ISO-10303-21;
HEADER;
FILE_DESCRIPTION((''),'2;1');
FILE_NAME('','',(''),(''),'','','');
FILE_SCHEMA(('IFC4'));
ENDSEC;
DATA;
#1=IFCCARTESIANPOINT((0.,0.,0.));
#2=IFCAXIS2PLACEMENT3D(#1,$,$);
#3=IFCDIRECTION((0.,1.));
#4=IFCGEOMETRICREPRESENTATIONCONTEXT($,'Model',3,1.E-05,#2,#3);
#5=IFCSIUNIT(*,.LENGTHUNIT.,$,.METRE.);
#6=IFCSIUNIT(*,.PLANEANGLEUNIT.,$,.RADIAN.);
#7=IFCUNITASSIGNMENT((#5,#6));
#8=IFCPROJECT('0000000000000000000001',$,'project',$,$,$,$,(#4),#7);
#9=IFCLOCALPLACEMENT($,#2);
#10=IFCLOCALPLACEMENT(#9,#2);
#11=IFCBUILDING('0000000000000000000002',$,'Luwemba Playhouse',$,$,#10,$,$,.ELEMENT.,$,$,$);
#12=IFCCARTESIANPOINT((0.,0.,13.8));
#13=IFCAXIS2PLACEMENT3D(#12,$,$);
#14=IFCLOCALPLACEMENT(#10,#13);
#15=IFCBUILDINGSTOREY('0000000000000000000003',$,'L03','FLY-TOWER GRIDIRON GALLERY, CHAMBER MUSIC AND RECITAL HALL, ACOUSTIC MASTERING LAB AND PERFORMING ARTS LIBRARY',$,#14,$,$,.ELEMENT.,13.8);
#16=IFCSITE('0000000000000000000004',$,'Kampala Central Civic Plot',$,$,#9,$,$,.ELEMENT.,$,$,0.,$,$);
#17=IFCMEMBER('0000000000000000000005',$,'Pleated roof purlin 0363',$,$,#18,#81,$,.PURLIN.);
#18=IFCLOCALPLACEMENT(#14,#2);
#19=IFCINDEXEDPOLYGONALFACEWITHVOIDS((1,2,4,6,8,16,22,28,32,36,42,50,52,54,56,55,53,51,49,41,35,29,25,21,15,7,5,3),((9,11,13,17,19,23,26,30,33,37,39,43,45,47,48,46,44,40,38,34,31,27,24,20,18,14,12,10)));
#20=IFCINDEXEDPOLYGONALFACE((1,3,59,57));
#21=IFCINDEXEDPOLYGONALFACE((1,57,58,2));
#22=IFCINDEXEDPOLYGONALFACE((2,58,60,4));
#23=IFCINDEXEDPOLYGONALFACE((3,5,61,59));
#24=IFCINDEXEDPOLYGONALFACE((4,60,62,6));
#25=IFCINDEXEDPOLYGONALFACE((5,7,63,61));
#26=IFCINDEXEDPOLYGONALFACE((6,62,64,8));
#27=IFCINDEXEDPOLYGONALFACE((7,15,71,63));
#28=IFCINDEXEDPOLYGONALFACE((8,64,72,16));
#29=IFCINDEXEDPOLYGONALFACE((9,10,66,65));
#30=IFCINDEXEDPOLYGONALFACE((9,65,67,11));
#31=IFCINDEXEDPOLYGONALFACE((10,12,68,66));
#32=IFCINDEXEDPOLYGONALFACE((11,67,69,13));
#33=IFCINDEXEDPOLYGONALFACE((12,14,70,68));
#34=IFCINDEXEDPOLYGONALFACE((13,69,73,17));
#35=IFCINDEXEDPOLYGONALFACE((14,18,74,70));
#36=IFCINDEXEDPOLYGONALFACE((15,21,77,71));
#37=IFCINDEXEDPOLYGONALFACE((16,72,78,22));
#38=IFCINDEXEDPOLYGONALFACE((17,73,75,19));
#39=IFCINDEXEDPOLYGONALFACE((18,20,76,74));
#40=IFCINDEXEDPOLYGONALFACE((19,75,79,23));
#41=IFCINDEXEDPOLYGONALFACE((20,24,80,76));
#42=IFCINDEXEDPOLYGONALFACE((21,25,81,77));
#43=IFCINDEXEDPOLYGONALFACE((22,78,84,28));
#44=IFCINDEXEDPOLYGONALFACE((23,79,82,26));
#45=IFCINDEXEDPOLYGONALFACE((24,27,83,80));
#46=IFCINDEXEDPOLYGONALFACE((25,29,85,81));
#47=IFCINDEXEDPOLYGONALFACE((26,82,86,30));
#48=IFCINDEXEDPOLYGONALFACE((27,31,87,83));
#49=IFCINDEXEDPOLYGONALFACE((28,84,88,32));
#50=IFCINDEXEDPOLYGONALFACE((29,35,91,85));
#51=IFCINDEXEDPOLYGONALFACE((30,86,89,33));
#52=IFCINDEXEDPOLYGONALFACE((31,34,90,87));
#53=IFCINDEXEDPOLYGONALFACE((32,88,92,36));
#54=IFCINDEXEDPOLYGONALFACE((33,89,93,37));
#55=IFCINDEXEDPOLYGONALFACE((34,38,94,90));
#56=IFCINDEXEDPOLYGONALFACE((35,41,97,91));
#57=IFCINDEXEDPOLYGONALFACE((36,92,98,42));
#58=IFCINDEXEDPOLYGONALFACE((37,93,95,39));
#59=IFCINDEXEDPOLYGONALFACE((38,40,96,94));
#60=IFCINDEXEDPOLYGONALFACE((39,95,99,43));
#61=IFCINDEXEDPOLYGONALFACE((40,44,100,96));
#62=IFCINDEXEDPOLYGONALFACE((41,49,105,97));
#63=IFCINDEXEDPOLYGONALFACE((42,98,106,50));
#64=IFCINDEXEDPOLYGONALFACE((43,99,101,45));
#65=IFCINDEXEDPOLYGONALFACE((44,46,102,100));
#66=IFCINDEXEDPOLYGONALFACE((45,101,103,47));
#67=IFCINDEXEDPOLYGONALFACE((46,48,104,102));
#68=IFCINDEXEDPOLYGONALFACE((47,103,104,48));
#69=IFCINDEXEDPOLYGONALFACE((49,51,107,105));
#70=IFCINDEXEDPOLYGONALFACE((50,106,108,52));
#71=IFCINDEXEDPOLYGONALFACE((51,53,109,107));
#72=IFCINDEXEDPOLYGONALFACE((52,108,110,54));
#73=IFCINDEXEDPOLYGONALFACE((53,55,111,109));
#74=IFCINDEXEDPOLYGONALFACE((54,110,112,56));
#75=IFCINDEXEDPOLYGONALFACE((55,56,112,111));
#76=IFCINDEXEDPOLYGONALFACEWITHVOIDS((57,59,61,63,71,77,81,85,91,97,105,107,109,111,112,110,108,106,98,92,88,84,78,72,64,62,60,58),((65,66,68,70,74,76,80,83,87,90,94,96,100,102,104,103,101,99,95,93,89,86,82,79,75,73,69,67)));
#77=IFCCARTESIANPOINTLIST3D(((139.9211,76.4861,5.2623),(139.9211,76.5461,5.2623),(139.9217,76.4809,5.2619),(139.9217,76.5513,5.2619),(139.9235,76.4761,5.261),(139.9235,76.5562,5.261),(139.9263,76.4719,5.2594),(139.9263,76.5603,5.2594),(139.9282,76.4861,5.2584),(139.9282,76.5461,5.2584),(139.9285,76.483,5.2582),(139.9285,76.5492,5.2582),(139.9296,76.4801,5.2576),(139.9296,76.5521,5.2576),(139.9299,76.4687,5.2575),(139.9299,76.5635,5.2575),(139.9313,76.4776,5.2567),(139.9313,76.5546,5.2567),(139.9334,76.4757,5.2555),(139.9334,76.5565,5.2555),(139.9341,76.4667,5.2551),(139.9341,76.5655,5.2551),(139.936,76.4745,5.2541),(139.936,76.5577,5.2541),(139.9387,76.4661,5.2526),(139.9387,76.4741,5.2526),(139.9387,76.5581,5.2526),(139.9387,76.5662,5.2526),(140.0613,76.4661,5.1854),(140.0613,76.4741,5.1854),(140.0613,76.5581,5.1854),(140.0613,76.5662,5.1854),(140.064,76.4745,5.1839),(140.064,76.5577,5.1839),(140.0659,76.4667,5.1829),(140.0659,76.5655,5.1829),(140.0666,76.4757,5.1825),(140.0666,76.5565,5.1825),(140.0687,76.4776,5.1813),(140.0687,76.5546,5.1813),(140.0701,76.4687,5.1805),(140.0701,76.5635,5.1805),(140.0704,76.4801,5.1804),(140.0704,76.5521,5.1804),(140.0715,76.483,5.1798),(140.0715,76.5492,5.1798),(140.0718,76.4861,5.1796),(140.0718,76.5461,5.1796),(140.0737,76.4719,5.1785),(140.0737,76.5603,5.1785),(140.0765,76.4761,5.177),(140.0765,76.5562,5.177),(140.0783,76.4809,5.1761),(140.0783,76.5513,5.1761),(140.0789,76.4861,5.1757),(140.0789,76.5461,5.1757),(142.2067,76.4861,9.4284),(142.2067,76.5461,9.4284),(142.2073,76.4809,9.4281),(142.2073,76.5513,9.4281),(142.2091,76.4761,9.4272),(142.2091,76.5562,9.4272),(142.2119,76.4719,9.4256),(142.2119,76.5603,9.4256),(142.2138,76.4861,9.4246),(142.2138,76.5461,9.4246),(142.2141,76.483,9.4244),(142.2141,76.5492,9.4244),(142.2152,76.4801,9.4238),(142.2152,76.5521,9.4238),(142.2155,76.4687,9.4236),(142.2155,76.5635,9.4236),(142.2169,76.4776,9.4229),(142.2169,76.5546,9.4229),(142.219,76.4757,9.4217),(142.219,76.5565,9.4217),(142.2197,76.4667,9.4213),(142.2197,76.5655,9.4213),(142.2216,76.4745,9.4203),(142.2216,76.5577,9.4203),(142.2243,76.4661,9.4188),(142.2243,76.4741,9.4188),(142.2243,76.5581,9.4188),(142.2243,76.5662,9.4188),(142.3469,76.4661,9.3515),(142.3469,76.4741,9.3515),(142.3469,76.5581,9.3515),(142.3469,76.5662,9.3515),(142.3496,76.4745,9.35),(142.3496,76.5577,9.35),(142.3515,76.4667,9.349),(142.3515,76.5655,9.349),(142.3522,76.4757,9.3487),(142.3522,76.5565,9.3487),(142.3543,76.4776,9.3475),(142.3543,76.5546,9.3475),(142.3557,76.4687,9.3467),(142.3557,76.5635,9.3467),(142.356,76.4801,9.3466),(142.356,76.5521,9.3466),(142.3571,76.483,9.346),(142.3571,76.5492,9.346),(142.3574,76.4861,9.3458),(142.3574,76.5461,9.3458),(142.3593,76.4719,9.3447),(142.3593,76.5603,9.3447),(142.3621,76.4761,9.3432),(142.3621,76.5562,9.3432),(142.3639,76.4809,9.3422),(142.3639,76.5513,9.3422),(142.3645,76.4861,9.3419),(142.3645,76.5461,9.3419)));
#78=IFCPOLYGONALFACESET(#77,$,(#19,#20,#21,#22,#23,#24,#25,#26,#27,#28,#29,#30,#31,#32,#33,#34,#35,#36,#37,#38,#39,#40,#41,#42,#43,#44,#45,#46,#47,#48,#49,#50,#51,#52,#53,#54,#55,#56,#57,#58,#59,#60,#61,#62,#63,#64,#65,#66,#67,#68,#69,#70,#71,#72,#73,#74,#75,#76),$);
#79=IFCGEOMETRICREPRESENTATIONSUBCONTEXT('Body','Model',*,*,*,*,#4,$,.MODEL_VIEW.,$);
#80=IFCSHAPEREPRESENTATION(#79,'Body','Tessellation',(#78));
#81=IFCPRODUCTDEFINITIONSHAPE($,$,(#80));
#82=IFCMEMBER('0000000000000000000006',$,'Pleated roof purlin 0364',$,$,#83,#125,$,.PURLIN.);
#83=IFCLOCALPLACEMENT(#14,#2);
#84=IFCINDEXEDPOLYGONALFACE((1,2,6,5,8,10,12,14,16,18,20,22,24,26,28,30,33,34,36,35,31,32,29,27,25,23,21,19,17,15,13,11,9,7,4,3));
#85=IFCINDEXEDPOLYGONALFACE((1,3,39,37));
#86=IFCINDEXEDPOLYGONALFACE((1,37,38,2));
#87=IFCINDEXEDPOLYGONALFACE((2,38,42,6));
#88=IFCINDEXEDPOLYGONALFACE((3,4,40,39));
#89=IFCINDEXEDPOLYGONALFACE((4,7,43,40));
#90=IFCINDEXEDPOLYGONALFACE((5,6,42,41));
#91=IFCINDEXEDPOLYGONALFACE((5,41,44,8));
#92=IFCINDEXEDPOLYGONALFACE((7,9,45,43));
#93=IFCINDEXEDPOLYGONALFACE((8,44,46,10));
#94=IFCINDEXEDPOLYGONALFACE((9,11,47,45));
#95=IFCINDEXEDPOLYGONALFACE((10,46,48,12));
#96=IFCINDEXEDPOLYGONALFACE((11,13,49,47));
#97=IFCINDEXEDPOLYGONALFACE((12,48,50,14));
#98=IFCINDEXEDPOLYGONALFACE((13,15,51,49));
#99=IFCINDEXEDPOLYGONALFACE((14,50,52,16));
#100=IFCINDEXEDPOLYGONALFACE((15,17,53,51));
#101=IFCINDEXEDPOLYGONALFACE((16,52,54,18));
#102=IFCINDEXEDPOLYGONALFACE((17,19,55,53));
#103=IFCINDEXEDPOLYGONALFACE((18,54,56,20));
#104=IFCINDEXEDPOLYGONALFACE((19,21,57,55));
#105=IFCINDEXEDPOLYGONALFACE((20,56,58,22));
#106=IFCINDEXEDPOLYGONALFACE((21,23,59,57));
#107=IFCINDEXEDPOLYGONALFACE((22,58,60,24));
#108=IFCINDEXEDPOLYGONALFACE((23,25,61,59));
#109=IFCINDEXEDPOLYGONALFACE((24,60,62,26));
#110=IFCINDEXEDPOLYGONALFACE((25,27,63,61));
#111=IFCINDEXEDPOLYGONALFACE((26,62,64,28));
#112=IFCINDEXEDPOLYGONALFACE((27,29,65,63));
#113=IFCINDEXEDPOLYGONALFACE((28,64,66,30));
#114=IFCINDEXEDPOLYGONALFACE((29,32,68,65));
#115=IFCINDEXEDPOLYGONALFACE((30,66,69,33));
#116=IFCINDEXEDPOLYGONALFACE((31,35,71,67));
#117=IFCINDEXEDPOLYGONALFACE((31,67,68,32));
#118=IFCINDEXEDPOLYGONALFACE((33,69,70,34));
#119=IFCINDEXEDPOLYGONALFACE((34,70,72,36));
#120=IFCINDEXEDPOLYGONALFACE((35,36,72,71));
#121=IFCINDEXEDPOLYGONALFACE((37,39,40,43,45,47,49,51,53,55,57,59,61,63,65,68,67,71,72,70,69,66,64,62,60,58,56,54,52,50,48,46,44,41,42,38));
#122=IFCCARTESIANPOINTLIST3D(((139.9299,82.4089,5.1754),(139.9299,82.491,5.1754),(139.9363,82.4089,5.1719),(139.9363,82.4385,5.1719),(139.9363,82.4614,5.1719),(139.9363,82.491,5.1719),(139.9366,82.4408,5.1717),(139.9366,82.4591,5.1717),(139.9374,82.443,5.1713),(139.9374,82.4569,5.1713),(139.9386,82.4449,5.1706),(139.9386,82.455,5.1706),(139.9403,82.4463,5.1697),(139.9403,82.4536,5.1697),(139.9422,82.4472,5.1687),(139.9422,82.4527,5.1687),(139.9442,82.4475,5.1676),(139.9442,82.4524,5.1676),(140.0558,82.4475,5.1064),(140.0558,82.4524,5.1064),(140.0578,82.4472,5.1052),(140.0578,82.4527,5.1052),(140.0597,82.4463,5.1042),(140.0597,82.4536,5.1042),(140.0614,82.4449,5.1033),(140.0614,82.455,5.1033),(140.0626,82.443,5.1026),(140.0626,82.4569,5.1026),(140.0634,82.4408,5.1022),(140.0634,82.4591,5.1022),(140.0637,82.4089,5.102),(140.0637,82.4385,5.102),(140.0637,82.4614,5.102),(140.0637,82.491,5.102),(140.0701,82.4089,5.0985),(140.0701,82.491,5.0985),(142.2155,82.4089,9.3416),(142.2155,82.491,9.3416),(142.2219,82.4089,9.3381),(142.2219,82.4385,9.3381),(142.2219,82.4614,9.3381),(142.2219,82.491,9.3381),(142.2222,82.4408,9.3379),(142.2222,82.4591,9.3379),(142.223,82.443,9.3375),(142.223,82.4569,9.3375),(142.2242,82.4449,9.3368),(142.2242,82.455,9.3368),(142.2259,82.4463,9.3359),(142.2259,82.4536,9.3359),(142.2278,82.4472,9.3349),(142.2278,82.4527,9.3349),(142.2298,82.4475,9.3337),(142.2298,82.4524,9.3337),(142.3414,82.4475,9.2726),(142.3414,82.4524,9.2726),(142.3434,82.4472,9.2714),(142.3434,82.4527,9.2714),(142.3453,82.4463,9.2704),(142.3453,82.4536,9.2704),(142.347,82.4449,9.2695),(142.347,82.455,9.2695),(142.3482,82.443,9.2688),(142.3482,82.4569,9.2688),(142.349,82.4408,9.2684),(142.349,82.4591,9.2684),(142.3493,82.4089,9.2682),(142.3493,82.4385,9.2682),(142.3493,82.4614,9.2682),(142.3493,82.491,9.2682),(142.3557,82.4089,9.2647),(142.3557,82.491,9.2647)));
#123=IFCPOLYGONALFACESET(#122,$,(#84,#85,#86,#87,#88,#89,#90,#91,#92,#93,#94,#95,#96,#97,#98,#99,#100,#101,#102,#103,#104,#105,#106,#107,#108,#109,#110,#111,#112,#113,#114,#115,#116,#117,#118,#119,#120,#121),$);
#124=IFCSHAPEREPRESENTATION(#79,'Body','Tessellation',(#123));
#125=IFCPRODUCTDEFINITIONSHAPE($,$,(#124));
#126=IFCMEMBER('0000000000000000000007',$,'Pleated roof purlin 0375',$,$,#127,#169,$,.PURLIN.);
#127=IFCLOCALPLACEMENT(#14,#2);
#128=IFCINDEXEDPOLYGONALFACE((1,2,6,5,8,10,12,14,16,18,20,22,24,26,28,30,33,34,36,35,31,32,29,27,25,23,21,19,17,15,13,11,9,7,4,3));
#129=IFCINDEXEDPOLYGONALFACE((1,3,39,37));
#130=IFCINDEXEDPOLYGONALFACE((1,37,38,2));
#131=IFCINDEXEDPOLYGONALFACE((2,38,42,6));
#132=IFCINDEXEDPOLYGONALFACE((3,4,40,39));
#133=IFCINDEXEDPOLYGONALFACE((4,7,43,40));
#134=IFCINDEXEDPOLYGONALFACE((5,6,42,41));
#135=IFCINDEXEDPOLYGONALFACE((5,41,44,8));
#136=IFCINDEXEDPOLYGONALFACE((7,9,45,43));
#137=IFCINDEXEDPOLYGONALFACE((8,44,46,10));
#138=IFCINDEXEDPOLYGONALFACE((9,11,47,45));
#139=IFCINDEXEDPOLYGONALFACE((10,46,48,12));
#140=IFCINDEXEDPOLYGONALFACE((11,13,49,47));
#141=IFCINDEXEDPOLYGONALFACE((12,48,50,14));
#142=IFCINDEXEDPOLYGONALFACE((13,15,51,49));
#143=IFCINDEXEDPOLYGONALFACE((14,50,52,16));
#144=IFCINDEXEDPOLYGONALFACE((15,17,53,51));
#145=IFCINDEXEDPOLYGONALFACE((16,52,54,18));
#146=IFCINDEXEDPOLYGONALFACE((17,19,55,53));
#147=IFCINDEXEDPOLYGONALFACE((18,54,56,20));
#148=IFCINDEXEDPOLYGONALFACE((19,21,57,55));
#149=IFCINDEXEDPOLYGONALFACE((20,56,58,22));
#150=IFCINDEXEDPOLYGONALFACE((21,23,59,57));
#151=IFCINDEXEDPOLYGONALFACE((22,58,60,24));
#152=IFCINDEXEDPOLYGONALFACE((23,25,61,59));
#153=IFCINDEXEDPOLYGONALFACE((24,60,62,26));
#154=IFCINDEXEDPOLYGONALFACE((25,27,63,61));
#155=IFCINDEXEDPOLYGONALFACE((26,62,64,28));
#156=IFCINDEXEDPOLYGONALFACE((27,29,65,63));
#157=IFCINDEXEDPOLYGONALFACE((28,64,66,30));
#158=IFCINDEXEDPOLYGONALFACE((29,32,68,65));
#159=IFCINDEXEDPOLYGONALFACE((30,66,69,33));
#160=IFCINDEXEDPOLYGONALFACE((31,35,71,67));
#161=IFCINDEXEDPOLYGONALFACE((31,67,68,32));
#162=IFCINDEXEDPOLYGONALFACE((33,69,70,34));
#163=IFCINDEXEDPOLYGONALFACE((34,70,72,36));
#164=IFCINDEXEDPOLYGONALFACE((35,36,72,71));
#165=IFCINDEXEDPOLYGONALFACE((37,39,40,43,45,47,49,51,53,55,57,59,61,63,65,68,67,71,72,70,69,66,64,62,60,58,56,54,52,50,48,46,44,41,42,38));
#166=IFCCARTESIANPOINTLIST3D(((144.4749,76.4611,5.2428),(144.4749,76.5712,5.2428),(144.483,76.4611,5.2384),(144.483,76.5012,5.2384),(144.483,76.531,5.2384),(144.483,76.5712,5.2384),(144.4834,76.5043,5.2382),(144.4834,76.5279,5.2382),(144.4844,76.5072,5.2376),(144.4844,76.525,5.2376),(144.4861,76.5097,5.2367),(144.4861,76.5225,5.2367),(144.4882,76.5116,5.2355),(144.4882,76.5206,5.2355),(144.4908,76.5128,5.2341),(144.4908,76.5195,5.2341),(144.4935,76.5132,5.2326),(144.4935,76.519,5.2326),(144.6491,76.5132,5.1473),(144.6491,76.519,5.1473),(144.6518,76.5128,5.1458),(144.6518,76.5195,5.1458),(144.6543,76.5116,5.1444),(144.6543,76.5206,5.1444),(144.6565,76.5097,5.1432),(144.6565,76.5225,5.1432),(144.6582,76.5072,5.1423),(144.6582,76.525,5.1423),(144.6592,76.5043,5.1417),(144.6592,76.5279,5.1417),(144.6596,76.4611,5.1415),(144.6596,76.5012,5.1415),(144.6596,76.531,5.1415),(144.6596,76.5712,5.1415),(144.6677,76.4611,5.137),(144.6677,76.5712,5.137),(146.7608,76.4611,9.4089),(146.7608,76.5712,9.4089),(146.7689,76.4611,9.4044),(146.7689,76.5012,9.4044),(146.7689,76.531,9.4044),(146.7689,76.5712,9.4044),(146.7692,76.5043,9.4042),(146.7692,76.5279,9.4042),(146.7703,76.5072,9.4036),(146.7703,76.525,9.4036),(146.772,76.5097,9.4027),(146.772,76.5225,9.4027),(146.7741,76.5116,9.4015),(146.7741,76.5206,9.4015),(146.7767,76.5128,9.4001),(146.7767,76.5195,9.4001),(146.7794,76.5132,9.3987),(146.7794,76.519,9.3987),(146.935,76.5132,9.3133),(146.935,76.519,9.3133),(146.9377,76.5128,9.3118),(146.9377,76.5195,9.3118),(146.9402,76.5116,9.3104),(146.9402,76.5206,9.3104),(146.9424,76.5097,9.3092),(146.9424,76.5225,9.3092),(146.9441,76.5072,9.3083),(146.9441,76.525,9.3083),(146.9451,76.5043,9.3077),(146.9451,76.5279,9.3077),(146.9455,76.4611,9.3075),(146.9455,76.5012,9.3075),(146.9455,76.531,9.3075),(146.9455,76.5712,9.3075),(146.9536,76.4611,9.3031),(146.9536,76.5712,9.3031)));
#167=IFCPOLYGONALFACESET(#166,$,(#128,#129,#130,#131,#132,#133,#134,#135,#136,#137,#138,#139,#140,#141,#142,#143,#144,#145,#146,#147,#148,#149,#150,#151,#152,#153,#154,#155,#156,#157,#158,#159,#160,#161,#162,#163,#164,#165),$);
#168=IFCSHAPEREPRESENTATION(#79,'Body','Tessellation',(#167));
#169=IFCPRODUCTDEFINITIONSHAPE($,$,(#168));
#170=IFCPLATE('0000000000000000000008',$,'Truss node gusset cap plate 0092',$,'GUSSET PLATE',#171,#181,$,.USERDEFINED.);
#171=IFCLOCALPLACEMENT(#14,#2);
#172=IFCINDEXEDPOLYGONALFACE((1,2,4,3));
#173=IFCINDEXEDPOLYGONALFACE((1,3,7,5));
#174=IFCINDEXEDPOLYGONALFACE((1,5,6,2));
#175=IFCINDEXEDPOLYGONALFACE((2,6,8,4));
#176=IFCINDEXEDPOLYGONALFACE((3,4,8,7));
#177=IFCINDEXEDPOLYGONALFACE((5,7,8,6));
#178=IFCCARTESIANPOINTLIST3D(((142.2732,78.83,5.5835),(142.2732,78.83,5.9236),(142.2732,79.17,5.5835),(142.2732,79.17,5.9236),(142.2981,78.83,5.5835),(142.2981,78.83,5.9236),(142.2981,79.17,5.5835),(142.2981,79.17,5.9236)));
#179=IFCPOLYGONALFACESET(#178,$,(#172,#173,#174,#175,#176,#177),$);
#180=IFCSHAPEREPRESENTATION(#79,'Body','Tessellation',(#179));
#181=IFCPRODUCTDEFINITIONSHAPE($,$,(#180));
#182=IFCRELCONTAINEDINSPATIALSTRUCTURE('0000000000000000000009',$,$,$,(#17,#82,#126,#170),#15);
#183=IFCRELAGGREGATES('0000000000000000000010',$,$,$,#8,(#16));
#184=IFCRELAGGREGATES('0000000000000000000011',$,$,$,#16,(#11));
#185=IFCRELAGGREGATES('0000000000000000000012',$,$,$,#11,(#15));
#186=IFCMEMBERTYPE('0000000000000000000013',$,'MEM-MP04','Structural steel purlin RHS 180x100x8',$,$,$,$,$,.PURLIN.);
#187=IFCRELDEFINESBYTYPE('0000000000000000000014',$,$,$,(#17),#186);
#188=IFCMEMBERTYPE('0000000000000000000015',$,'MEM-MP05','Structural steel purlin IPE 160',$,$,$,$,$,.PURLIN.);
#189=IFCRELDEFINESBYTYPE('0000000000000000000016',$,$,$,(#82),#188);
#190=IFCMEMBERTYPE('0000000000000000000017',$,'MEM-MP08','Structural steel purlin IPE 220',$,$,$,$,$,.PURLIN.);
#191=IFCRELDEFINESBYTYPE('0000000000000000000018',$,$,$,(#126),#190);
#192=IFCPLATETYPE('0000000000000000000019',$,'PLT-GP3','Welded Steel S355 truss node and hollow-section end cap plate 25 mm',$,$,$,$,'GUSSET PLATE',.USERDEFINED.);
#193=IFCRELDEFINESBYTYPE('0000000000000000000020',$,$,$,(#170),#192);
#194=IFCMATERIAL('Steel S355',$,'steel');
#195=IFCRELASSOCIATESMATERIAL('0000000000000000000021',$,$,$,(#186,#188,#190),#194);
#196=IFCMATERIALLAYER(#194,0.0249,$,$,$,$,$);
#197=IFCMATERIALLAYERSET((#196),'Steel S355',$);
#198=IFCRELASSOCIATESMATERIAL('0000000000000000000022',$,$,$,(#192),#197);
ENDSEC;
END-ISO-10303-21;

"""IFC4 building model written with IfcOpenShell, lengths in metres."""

from ifc_helpers import new_model, si_unit, direction, frame, origin, origin_2d, place, context, subcontext, project, spatial, rectangle, hollow_rectangle, i_section, extrude, material, layer, layer_set, material_profile, profile_set, type_object, element, save


model = new_model("IFC4")

# Units and contexts
model_context = context("Model", 3, precision=1e-05, world=origin(), true_north=direction((0.0, 1.0)))
body_context = subcontext(model_context, "Body", "Model", "MODEL_VIEW")
ifc_project = project(units=[si_unit("LENGTHUNIT", "METRE"), si_unit("PLANEANGLEUNIT", "RADIAN")], contexts=[model_context])

# Site, building, storey
site_placement = place(None, origin())
site = spatial("IfcSite", under=ifc_project, at=site_placement, Name="Kampala Central Civic Plot", CompositionType="ELEMENT", RefElevation=0.0)
building_placement = place(site_placement, origin())
building = spatial("IfcBuilding", under=site, at=building_placement, Name="Luwemba Playhouse", CompositionType="ELEMENT")
storey_placement = place(building_placement, frame((0.0, 0.0, 13.8)))
storey = spatial("IfcBuildingStorey", under=building, at=storey_placement, Name="L03", Description="FLY-TOWER GRIDIRON GALLERY, CHAMBER MUSIC AND RECITAL HALL, ACOUSTIC MASTERING LAB AND PERFORMING ARTS LIBRARY", CompositionType="ELEMENT", Elevation=13.8)

# Shared definitions
ifc_material_1 = material(Name="Steel S355", Category="steel")

# Members
ifc_material_profile_1 = material_profile(ifc_material_1, hollow_rectangle(XDim=0.1001, YDim=0.1799, WallThickness=0.0081, InnerFilletRadius=0.012, OuterFilletRadius=0.02, at=origin_2d()))
ifc_profile_set_1 = profile_set([ifc_material_profile_1], Name="Steel S355")
member_type_1 = type_object("IfcMemberType", Name="MEM-MP04", Description="Structural steel purlin RHS 180x100x8", PredefinedType="PURLIN", material=ifc_profile_set_1)
member_1_placement = place(storey_placement, frame((140.0, 76.5161, 5.219), z_axis=(0.480982, 0.0, 0.876731), x_axis=(0.0, 1.0, 0.0)))
element("IfcMember", 1, at=member_1_placement, inside=storey, type_object=member_type_1, Name="Pleated roof purlin 0363", PredefinedType="PURLIN", context=body_context, shape_type="SweptSolid", body=[
    extrude(hollow_rectangle(XDim=0.1001, YDim=0.1799, WallThickness=0.0081, InnerFilletRadius=0.012, OuterFilletRadius=0.02, at=origin_2d()), origin(), (0.0, 0.0, 1.0), 4.752),
])
ifc_material_profile_2 = material_profile(ifc_material_1, i_section(OverallWidth=0.082, OverallDepth=0.1599, WebThickness=0.0049, FlangeThickness=0.0073, FilletRadius=0.009, at=origin_2d()))
ifc_profile_set_2 = profile_set([ifc_material_profile_2], Name="Steel S355")
member_type_2 = type_object("IfcMemberType", Name="MEM-MP05", Description="Structural steel purlin IPE 160", PredefinedType="PURLIN", material=ifc_profile_set_2)
member_2_placement = place(storey_placement, frame((140.0, 82.45, 5.137), z_axis=(0.480982, 0.0, 0.876731), x_axis=(0.0, 1.0, 0.0)))
element("IfcMember", 2, at=member_2_placement, inside=storey, type_object=member_type_2, Name="Pleated roof purlin 0364", PredefinedType="PURLIN", context=body_context, shape_type="SweptSolid", body=[
    extrude(i_section(OverallWidth=0.082, OverallDepth=0.1599, WebThickness=0.0049, FlangeThickness=0.0073, FilletRadius=0.009, at=origin_2d()), origin(), (0.0, 0.0, 1.0), 4.752),
])
ifc_material_profile_3 = material_profile(ifc_material_1, i_section(OverallWidth=0.1101, OverallDepth=0.22, WebThickness=0.0059, FlangeThickness=0.0093, FilletRadius=0.012, at=origin_2d()))
ifc_profile_set_3 = profile_set([ifc_material_profile_3], Name="Steel S355")
member_type_3 = type_object("IfcMemberType", Name="MEM-MP08", Description="Structural steel purlin IPE 220", PredefinedType="PURLIN", material=ifc_profile_set_3)
member_3_placement = place(storey_placement, frame((144.5713, 76.5161, 5.1899), z_axis=(0.481043, 0.0, 0.876697), x_axis=(0.0, 1.0, 0.0)))
element("IfcMember", 3, at=member_3_placement, inside=storey, type_object=member_type_3, Name="Pleated roof purlin 0375", PredefinedType="PURLIN", context=body_context, shape_type="SweptSolid", body=[
    extrude(i_section(OverallWidth=0.1101, OverallDepth=0.22, WebThickness=0.0059, FlangeThickness=0.0093, FilletRadius=0.012, at=origin_2d()), origin(), (0.0, 0.0, 1.0), 4.752),
])

# Plate
ifc_layer_1 = layer(ifc_material_1, 0.0249)
ifc_layer_set_1 = layer_set([ifc_layer_1], Name="Steel S355")
plate_type = type_object("IfcPlateType", Name="PLT-GP3", Description="Welded Steel S355 truss node and hollow-section end cap plate 25 mm", ElementType="GUSSET PLATE", PredefinedType="USERDEFINED", material=ifc_layer_set_1)
plate_placement = place(storey_placement, frame((142.2856, 79.0, 5.5835), z_axis=(0.0, 0.0, 1.0), x_axis=(1.0, 0.0, 0.0)))
element("IfcPlate", 4, at=plate_placement, inside=storey, type_object=plate_type, Name="Truss node gusset cap plate 0092", ObjectType="GUSSET PLATE", PredefinedType="USERDEFINED", context=body_context, shape_type="SweptSolid", body=[
    extrude(rectangle(XDim=0.0249, YDim=0.3401, at=origin_2d()), origin(), (0.0, 0.0, 1.0), 0.3401),
])

save(model, "model.ifc")
